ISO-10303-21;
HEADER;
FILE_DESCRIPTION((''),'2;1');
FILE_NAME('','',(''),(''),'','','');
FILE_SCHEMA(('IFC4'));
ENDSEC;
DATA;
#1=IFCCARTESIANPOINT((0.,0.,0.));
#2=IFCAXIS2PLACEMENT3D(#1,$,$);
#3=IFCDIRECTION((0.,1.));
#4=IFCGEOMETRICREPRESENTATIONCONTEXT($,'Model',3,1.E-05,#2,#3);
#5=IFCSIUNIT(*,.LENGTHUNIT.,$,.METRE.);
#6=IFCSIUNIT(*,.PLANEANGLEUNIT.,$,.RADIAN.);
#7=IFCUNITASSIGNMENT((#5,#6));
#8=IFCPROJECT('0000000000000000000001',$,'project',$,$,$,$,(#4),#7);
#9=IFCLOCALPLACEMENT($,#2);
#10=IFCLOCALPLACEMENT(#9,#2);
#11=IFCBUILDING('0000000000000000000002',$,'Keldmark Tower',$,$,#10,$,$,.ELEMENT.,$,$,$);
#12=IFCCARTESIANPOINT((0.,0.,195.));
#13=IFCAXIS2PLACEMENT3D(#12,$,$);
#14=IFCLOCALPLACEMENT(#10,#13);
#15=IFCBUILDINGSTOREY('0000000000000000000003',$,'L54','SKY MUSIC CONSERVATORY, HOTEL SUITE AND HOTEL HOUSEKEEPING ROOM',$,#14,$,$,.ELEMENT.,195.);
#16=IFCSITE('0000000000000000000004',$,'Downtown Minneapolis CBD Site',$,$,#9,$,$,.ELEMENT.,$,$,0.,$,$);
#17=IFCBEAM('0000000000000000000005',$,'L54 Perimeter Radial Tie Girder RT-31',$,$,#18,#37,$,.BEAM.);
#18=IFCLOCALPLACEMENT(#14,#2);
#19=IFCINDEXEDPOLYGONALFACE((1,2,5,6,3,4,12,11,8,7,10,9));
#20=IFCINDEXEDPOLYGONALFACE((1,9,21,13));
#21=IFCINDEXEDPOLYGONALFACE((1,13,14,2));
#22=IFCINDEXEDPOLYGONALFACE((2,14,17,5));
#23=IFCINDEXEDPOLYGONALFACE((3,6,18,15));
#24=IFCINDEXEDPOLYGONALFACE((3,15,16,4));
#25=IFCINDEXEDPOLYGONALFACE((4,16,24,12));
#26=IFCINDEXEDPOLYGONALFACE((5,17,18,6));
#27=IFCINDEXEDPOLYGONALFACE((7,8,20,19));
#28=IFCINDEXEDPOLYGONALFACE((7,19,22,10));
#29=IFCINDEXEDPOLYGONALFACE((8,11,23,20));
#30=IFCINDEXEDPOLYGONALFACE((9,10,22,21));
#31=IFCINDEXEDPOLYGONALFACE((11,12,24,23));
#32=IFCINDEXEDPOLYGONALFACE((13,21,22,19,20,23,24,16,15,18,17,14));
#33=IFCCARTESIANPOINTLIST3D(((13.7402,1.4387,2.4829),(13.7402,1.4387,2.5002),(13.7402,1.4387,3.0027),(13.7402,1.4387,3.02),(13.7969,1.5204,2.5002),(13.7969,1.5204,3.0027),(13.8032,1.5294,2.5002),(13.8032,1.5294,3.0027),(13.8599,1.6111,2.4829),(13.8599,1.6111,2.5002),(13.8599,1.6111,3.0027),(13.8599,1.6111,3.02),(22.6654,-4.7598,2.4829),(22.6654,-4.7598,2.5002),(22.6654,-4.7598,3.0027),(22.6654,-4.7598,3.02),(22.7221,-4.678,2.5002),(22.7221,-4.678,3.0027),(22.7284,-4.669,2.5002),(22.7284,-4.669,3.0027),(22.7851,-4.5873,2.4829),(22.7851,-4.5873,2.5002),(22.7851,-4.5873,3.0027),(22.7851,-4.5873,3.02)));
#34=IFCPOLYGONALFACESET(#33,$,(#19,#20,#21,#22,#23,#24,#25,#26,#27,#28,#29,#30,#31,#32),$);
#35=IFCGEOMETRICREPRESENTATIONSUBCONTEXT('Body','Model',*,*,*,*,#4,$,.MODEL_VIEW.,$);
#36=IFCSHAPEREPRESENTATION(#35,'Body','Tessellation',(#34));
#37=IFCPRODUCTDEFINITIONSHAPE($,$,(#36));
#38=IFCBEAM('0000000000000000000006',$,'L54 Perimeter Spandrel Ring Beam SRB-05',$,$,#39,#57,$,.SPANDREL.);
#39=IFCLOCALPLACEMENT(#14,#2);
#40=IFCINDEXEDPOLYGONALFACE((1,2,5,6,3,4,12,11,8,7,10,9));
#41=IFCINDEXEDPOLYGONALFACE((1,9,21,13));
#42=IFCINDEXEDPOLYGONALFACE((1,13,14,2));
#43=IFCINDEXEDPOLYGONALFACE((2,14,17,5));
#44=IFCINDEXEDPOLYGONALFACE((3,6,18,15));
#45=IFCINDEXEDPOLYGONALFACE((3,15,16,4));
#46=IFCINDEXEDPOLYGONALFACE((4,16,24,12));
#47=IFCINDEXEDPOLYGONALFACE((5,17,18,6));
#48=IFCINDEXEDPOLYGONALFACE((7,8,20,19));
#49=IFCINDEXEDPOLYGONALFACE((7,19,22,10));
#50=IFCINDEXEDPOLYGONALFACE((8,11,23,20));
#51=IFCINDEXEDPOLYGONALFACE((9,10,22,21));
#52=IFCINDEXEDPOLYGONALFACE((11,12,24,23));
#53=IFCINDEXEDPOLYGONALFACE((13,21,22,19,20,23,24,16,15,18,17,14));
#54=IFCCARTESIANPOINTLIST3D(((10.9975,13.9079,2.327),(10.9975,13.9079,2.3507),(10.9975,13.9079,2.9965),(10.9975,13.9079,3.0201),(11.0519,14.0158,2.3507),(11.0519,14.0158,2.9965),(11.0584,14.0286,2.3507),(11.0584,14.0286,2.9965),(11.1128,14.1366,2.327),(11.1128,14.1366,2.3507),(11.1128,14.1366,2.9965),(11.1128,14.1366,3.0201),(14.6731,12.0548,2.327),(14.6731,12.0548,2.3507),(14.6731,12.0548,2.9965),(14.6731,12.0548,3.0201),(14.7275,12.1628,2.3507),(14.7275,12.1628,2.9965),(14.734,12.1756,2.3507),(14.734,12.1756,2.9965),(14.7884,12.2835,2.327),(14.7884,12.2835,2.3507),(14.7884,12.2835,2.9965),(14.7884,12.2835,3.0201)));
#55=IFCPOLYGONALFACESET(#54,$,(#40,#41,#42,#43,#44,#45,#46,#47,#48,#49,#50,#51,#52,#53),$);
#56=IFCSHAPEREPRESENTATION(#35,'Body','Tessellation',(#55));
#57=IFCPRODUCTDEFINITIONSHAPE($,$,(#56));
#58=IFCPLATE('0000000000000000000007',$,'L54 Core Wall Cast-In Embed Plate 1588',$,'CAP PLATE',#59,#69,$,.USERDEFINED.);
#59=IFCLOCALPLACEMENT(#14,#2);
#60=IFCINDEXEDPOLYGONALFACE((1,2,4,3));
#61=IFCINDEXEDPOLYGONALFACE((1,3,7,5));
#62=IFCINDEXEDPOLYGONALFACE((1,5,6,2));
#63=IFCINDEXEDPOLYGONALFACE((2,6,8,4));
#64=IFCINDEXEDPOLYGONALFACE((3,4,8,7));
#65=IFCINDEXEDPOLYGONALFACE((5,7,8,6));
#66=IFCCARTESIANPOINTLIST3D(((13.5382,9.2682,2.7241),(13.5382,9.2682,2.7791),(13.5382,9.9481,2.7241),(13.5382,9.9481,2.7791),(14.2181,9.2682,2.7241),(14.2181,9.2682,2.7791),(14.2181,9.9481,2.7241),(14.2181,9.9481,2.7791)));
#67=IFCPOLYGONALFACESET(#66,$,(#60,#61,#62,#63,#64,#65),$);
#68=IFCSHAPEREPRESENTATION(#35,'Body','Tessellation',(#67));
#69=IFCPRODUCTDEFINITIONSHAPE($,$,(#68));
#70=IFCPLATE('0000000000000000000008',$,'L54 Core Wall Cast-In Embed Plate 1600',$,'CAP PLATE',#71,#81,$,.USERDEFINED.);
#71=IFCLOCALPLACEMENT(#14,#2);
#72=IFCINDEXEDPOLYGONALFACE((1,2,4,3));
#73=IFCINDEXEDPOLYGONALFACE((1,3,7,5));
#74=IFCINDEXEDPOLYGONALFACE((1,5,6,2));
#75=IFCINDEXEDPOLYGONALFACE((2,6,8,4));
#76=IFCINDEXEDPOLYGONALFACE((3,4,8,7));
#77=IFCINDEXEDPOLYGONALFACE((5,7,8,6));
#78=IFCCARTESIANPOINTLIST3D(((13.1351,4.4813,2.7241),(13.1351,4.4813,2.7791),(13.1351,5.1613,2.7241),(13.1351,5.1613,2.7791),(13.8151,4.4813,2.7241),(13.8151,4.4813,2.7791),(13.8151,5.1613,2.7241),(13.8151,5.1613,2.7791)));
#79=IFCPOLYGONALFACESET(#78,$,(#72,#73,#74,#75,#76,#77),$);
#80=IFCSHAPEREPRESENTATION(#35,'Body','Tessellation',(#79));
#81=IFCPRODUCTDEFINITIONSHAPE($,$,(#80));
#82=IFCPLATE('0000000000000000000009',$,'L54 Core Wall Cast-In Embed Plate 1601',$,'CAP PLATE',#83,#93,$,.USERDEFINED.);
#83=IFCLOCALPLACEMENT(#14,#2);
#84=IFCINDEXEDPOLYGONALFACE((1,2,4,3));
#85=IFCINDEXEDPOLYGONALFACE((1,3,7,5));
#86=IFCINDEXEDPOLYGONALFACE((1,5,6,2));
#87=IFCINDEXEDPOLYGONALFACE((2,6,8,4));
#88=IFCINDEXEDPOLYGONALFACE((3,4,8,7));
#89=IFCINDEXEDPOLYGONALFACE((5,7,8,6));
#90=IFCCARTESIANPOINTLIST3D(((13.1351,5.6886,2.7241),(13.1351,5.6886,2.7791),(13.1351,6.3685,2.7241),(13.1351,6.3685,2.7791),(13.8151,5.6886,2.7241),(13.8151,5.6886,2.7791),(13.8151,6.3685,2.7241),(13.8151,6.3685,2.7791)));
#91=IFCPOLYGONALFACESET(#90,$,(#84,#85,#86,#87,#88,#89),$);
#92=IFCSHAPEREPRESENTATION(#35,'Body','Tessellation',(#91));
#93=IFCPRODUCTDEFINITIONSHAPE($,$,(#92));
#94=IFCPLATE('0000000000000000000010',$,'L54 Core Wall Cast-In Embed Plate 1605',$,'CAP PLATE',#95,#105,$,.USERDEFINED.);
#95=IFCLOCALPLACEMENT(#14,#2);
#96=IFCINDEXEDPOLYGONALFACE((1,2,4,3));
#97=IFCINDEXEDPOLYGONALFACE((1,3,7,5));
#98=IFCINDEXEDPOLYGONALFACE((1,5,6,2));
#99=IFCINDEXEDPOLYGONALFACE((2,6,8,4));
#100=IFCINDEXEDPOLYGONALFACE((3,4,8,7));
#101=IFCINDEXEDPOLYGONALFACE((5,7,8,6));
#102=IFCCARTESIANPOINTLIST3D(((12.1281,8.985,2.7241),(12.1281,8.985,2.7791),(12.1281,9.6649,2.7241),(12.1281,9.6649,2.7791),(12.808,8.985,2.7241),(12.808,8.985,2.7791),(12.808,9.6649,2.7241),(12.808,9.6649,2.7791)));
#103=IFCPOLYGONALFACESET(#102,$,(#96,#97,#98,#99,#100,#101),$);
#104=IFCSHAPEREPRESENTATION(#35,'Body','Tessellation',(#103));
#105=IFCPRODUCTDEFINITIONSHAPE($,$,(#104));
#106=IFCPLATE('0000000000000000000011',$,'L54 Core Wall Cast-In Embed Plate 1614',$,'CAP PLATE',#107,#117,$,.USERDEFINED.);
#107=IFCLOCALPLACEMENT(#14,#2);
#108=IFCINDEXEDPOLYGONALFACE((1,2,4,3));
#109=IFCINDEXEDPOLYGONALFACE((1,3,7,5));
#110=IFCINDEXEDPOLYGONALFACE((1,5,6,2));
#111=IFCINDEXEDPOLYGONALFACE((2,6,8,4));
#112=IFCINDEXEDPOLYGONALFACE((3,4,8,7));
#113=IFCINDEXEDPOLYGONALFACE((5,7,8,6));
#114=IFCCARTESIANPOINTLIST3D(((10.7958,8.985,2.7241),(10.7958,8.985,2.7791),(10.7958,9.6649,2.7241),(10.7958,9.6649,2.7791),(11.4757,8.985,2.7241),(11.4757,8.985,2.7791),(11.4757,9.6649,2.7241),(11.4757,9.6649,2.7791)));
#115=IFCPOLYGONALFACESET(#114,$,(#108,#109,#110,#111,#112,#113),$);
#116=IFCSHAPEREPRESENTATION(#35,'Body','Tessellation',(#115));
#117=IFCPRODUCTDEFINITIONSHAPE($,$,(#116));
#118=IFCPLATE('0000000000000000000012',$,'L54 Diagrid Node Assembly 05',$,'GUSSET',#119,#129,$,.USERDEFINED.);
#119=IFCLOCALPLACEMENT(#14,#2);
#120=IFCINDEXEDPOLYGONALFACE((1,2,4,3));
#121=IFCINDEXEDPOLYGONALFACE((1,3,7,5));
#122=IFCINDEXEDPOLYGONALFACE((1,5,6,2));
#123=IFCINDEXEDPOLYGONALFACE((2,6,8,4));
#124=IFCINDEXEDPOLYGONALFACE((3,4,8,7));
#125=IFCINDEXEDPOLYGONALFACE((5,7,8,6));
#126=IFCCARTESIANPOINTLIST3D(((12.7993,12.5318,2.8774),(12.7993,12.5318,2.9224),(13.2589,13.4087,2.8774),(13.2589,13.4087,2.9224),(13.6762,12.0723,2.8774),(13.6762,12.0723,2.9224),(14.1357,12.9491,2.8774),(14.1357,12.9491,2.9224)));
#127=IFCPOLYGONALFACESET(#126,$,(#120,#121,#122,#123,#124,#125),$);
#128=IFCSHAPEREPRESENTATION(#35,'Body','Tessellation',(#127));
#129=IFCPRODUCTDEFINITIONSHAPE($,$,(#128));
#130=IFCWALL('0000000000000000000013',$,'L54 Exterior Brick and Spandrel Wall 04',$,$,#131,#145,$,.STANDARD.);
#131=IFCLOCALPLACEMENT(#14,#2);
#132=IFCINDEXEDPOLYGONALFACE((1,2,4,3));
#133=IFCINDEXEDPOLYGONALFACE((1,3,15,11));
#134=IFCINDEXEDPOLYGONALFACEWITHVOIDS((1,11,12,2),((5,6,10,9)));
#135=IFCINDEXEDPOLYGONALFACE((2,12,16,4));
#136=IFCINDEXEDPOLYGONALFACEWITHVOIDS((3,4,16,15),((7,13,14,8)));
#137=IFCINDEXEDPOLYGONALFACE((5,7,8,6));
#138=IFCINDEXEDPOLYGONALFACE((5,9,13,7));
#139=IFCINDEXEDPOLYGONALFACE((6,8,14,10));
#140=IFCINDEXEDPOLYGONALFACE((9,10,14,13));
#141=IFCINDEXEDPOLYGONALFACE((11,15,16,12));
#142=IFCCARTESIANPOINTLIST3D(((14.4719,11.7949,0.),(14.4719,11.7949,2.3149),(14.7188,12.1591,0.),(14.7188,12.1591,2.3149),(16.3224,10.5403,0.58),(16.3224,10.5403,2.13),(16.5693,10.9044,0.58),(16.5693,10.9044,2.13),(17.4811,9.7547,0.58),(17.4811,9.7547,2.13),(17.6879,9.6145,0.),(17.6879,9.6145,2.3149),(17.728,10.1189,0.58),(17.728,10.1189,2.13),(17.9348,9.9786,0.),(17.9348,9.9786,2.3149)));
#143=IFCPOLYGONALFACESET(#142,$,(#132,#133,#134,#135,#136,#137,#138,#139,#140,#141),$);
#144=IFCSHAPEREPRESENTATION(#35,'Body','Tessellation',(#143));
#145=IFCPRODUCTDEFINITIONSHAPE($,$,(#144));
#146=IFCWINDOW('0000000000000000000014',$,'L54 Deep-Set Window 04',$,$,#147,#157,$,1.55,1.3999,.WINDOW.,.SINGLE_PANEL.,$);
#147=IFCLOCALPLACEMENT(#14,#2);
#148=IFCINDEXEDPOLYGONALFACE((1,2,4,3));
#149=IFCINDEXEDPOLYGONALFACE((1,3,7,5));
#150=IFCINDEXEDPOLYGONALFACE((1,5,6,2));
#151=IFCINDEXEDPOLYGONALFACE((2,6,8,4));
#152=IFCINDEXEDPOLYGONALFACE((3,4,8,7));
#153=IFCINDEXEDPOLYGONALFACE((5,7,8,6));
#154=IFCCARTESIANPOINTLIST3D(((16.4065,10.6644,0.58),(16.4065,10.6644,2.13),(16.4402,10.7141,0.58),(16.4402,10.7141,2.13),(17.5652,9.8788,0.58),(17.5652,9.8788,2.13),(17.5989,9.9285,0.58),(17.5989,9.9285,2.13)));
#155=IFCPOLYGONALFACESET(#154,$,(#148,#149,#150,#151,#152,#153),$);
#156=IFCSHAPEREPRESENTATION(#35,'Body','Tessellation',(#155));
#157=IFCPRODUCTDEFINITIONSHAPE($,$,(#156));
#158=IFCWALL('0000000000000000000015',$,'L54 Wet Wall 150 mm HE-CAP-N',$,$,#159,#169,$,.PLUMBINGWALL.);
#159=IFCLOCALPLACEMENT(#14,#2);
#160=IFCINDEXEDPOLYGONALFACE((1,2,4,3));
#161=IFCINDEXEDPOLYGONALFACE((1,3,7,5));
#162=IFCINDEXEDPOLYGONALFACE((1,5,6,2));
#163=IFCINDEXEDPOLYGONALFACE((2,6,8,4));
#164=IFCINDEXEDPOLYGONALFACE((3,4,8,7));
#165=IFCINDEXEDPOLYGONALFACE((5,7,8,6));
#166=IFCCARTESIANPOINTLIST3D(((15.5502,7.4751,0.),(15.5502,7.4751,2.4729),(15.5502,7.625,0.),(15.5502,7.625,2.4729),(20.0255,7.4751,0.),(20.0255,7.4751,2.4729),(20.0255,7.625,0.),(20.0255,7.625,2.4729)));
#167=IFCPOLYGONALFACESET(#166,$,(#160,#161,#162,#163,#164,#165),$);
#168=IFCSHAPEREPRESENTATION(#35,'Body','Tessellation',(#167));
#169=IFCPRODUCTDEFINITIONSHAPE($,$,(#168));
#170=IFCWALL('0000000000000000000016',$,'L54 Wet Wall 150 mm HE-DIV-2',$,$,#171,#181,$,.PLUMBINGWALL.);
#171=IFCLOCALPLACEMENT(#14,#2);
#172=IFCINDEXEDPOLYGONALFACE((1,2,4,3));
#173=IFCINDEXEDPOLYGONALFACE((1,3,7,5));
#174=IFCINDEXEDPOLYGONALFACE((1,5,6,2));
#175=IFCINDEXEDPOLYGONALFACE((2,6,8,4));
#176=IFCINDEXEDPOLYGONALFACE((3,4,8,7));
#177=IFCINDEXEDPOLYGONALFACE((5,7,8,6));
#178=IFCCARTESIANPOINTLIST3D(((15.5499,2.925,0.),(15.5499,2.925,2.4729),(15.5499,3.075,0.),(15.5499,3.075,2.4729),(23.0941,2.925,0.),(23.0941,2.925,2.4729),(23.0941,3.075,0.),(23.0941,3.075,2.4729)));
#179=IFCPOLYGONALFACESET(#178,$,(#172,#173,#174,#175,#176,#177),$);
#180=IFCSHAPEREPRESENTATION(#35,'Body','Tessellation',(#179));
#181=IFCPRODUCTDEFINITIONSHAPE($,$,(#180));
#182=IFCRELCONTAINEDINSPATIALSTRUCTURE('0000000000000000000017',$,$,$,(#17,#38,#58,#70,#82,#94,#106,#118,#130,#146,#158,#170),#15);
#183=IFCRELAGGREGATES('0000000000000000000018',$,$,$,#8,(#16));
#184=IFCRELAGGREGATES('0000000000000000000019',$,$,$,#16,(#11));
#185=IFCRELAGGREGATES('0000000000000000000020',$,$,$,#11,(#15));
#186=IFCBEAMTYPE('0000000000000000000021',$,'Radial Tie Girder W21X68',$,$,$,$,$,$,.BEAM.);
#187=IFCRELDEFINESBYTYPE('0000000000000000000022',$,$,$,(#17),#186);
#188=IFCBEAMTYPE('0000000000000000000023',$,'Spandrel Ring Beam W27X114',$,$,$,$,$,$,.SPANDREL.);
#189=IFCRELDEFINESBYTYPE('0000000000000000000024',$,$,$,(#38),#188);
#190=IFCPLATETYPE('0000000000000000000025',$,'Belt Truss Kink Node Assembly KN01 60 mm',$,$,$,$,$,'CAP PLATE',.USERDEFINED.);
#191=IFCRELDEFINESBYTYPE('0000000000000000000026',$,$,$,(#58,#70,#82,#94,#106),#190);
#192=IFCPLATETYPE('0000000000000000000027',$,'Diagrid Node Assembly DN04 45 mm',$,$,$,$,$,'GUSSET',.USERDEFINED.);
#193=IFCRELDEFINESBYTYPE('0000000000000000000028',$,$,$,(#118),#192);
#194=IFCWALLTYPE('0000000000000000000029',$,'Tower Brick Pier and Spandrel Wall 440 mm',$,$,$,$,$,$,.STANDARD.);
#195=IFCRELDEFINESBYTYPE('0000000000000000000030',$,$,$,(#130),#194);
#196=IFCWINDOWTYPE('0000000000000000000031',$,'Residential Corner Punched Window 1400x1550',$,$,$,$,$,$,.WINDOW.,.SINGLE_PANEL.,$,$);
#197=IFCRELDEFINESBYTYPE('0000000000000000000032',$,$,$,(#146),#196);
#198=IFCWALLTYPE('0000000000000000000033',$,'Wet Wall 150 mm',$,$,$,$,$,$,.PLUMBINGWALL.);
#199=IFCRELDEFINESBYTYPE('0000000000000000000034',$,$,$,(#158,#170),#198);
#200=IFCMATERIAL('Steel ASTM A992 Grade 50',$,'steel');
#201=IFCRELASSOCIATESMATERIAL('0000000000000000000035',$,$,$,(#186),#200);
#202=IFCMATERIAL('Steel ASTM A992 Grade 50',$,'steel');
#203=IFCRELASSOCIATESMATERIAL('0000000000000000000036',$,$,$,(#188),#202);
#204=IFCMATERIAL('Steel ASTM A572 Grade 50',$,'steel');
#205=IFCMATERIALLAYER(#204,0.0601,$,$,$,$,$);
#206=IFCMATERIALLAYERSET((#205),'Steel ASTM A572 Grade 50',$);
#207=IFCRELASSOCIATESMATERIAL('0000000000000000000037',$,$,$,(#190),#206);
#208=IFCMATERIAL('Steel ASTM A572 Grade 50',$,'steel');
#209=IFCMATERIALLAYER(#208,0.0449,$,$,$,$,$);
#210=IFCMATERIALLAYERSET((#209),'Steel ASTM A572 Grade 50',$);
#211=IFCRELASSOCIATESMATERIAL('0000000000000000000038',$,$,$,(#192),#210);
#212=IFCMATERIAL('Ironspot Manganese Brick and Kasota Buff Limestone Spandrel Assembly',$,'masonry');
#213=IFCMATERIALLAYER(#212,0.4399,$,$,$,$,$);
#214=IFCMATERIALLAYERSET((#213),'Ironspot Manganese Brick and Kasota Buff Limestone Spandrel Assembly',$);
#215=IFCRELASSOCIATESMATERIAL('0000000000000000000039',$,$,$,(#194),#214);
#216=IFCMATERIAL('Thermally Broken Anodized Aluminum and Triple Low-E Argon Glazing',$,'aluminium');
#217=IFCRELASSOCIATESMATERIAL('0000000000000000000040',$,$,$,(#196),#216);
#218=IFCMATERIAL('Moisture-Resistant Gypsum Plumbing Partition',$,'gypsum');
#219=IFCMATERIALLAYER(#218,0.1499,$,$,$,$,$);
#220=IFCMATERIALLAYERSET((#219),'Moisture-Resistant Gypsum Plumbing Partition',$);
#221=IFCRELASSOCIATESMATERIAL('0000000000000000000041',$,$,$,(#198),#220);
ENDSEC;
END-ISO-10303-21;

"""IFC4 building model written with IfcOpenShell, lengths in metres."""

from ifc_helpers import new_model, si_unit, direction, frame, frame_2d, origin, origin_2d, place, context, subcontext, project, spatial, rectangle, i_section, extrude, material, layer, layer_set, material_profile, profile_set, type_object, element, fill, save


model = new_model("IFC4")

# Units and contexts
model_context = context("Model", 3, precision=1e-05, world=origin(), true_north=direction((0.0, 1.0)))
body_context = subcontext(model_context, "Body", "Model", "MODEL_VIEW")
ifc_project = project(units=[si_unit("LENGTHUNIT", "METRE"), si_unit("PLANEANGLEUNIT", "RADIAN")], contexts=[model_context])

# Site, building, storey
site_placement = place(None, origin())
site = spatial("IfcSite", under=ifc_project, at=site_placement, Name="Downtown Minneapolis CBD Site", CompositionType="ELEMENT", RefElevation=0.0)
building_placement = place(site_placement, origin())
building = spatial("IfcBuilding", under=site, at=building_placement, Name="Keldmark Tower", CompositionType="ELEMENT")
storey_placement = place(building_placement, frame((0.0, 0.0, 195.0)))
storey = spatial("IfcBuildingStorey", under=building, at=storey_placement, Name="L54", Description="SKY MUSIC CONSERVATORY, HOTEL SUITE AND HOTEL HOUSEKEEPING ROOM", CompositionType="ELEMENT", Elevation=195.0)

# Beams
ifc_material_1 = material(Name="Steel ASTM A992 Grade 50", Category="steel")
ifc_material_profile_1 = material_profile(ifc_material_1, i_section(OverallWidth=0.21, OverallDepth=0.5371, WebThickness=0.011, FlangeThickness=0.0173, at=origin_2d()), Name="W21X68")
ifc_profile_set_1 = profile_set([ifc_material_profile_1], Name="Steel ASTM A992 Grade 50")
beam_type_1 = type_object("IfcBeamType", Name="Radial Tie Girder W21X68", PredefinedType="BEAM", material=ifc_profile_set_1)
beam_1_placement = place(storey_placement, frame((13.8, 1.5249, 2.7515), z_axis=(0.821354, -0.570419, 0.0), x_axis=(0.570419, 0.821354, 0.0)))
element("IfcBeam", 1, at=beam_1_placement, inside=storey, type_object=beam_type_1, Name="L54 Perimeter Radial Tie Girder RT-31", PredefinedType="BEAM", context=body_context, shape_type="SweptSolid", body=[
    extrude(i_section(OverallWidth=0.21, OverallDepth=0.5371, WebThickness=0.011, FlangeThickness=0.0173, at=origin_2d()), origin(), (0.0, 0.0, 1.0), 10.8665),
])
ifc_material_2 = material(Name="Steel ASTM A992 Grade 50", Category="steel")
ifc_material_profile_2 = material_profile(ifc_material_2, i_section(OverallWidth=0.2561, OverallDepth=0.6931, WebThickness=0.0144, FlangeThickness=0.0237, at=origin_2d()), Name="W27X114")
ifc_profile_set_2 = profile_set([ifc_material_profile_2], Name="Steel ASTM A992 Grade 50")
beam_type_2 = type_object("IfcBeamType", Name="Spandrel Ring Beam W27X114", PredefinedType="SPANDREL", material=ifc_profile_set_2)
beam_2_placement = place(storey_placement, frame((14.7307, 12.1692, 2.6736), z_axis=(-0.892939, 0.450177, 0.0), x_axis=(-0.450177, -0.892939, 0.0)))
element("IfcBeam", 2, at=beam_2_placement, inside=storey, type_object=beam_type_2, Name="L54 Perimeter Spandrel Ring Beam SRB-05", PredefinedType="SPANDREL", context=body_context, shape_type="SweptSolid", body=[
    extrude(i_section(OverallWidth=0.2561, OverallDepth=0.6931, WebThickness=0.0144, FlangeThickness=0.0237, at=origin_2d()), origin(), (0.0, 0.0, 1.0), 4.1162),
])

# Plates
ifc_material_3 = material(Name="Steel ASTM A572 Grade 50", Category="steel")
ifc_layer_1 = layer(ifc_material_3, 0.0601)
ifc_layer_set_1 = layer_set([ifc_layer_1], Name="Steel ASTM A572 Grade 50")
plate_type_1 = type_object("IfcPlateType", Name="Belt Truss Kink Node Assembly KN01 60 mm", ElementType="CAP PLATE", PredefinedType="USERDEFINED", material=ifc_layer_set_1)
for number, where, z_axis, x_axis, name in (
    (3, (13.8782, 9.6082, 2.7241), (0.0, 0.0, 1.0), (1.0, 0.0, 0.0), "L54 Core Wall Cast-In Embed Plate 1588"),
    (4, (13.4751, 4.8213, 2.7241), (0.0, 0.0, 1.0), (1.0, 0.0, 0.0), "L54 Core Wall Cast-In Embed Plate 1600"),
    (5, (13.4751, 6.0286, 2.7241), (0.0, 0.0, 1.0), (1.0, 0.0, 0.0), "L54 Core Wall Cast-In Embed Plate 1601"),
    (6, (12.468, 9.325, 2.7241), (0.0, 0.0, 1.0), (1.0, 0.0, 0.0), "L54 Core Wall Cast-In Embed Plate 1605"),
    (7, (11.1357, 9.325, 2.7241), (0.0, 0.0, 1.0), (1.0, 0.0, 0.0), "L54 Core Wall Cast-In Embed Plate 1614"),
):
    element("IfcPlate", number, at=place(storey_placement, frame(where, z_axis=z_axis, x_axis=x_axis)), inside=storey, type_object=plate_type_1, Name=name, ObjectType="CAP PLATE", PredefinedType="USERDEFINED", context=body_context, shape_type="SweptSolid", body=[
        extrude(rectangle(XDim=0.6799, YDim=0.6799, at=origin_2d()), origin(), (0.0, 0.0, 1.0), 0.0549),
    ])
ifc_material_4 = material(Name="Steel ASTM A572 Grade 50", Category="steel")
ifc_layer_2 = layer(ifc_material_4, 0.0449)
ifc_layer_set_2 = layer_set([ifc_layer_2], Name="Steel ASTM A572 Grade 50")
plate_type_2 = type_object("IfcPlateType", Name="Diagrid Node Assembly DN04 45 mm", ElementType="GUSSET", PredefinedType="USERDEFINED", material=ifc_layer_set_2)
plate_placement = place(storey_placement, frame((13.4675, 12.7405, 2.8774), z_axis=(0.0, 0.0, 1.0), x_axis=(-0.885718, 0.464224, 0.0)))
element("IfcPlate", 8, at=plate_placement, inside=storey, type_object=plate_type_2, Name="L54 Diagrid Node Assembly 05", ObjectType="GUSSET", PredefinedType="USERDEFINED", context=body_context, shape_type="SweptSolid", body=[
    extrude(rectangle(XDim=0.99, YDim=0.99, at=origin_2d()), origin(), (0.0, 0.0, 1.0), 0.0449),
])

# Wall, opening, window
ifc_material_5 = material(Name="Ironspot Manganese Brick and Kasota Buff Limestone Spandrel Assembly", Category="masonry")
ifc_layer_3 = layer(ifc_material_5, 0.4399)
ifc_layer_set_3 = layer_set([ifc_layer_3], Name="Ironspot Manganese Brick and Kasota Buff Limestone Spandrel Assembly")
wall_type_1 = type_object("IfcWallType", Name="Tower Brick Pier and Spandrel Wall 440 mm", PredefinedType="STANDARD", material=ifc_layer_set_3)
wall_1_placement = place(storey_placement, frame((14.5952, 11.9771, 0.0), z_axis=(0.0, 0.0, 1.0), x_axis=(0.827704, -0.561165, 0.0)))
wall_1 = element("IfcWall", 9, at=wall_1_placement, inside=storey, type_object=wall_type_1, Name="L54 Exterior Brick and Spandrel Wall 04", PredefinedType="STANDARD", context=body_context, shape_type="SweptSolid", body=[
    extrude(rectangle(XDim=3.8855, YDim=0.4399, at=frame_2d((1.9429, 0.0))), origin(), (0.0, 0.0, 1.0), 2.3149),
])
opening_1_placement = place(wall_1_placement, frame((2.2358, 0.0, 0.5801)))
opening_1 = element("IfcOpeningElement", 10, at=opening_1_placement, cuts=wall_1, PredefinedType="OPENING", context=body_context, shape_type="SweptSolid", body=[
    extrude(rectangle(XDim=1.3999, YDim=1.55, at=frame_2d((0.7, 0.7749))), frame((0.0, 0.23, 0.0), z_axis=(0.0, -1.0, 0.0), x_axis=(1.0, 0.0, 0.0)), (0.0, 0.0, 1.0), 0.46),
])
ifc_material_6 = material(Name="Thermally Broken Anodized Aluminum and Triple Low-E Argon Glazing", Category="aluminium")
window_type = type_object("IfcWindowType", Name="Residential Corner Punched Window 1400x1550", PartitioningType="SINGLE_PANEL", PredefinedType="WINDOW", material=ifc_material_6)
window_placement = place(opening_1_placement, origin())
window = element("IfcWindow", 11, at=window_placement, inside=storey, type_object=window_type, Name="L54 Deep-Set Window 04", OverallHeight=1.55, OverallWidth=1.3999, PartitioningType="SINGLE_PANEL", PredefinedType="WINDOW", context=body_context, shape_type="SweptSolid", body=[
    extrude(rectangle(XDim=1.3999, YDim=1.55, at=frame_2d((0.7, 0.7749))), frame((0.0, -0.01, 0.0), z_axis=(0.0, -1.0, 0.0), x_axis=(1.0, 0.0, 0.0)), (0.0, 0.0, 1.0), 0.0601),
])
fill(opening_1, window)

# Walls
ifc_material_7 = material(Name="Moisture-Resistant Gypsum Plumbing Partition", Category="gypsum")
ifc_layer_4 = layer(ifc_material_7, 0.1499)
ifc_layer_set_4 = layer_set([ifc_layer_4], Name="Moisture-Resistant Gypsum Plumbing Partition")
wall_type_2 = type_object("IfcWallType", Name="Wet Wall 150 mm", PredefinedType="PLUMBINGWALL", material=ifc_layer_set_4)
wall_2_placement = place(storey_placement, frame((15.55, 7.55, 0.0), z_axis=(0.0, 0.0, 1.0), x_axis=(1.0, 0.0, 0.0)))
element("IfcWall", 12, at=wall_2_placement, inside=storey, type_object=wall_type_2, Name="L54 Wet Wall 150 mm HE-CAP-N", PredefinedType="PLUMBINGWALL", context=body_context, shape_type="SweptSolid", body=[
    extrude(rectangle(XDim=4.4753, YDim=0.1499, at=frame_2d((2.2378, 0.0))), origin(), (0.0, 0.0, 1.0), 2.4729),
])
wall_3_placement = place(storey_placement, frame((15.55, 3.0, 0.0), z_axis=(0.0, 0.0, 1.0), x_axis=(1.0, 0.0, 0.0)))
element("IfcWall", 13, at=wall_3_placement, inside=storey, type_object=wall_type_2, Name="L54 Wet Wall 150 mm HE-DIV-2", PredefinedType="PLUMBINGWALL", context=body_context, shape_type="SweptSolid", body=[
    extrude(rectangle(XDim=7.5442, YDim=0.1499, at=frame_2d((3.772, 0.0))), origin(), (0.0, 0.0, 1.0), 2.4729),
])

save(model, "model.ifc")
